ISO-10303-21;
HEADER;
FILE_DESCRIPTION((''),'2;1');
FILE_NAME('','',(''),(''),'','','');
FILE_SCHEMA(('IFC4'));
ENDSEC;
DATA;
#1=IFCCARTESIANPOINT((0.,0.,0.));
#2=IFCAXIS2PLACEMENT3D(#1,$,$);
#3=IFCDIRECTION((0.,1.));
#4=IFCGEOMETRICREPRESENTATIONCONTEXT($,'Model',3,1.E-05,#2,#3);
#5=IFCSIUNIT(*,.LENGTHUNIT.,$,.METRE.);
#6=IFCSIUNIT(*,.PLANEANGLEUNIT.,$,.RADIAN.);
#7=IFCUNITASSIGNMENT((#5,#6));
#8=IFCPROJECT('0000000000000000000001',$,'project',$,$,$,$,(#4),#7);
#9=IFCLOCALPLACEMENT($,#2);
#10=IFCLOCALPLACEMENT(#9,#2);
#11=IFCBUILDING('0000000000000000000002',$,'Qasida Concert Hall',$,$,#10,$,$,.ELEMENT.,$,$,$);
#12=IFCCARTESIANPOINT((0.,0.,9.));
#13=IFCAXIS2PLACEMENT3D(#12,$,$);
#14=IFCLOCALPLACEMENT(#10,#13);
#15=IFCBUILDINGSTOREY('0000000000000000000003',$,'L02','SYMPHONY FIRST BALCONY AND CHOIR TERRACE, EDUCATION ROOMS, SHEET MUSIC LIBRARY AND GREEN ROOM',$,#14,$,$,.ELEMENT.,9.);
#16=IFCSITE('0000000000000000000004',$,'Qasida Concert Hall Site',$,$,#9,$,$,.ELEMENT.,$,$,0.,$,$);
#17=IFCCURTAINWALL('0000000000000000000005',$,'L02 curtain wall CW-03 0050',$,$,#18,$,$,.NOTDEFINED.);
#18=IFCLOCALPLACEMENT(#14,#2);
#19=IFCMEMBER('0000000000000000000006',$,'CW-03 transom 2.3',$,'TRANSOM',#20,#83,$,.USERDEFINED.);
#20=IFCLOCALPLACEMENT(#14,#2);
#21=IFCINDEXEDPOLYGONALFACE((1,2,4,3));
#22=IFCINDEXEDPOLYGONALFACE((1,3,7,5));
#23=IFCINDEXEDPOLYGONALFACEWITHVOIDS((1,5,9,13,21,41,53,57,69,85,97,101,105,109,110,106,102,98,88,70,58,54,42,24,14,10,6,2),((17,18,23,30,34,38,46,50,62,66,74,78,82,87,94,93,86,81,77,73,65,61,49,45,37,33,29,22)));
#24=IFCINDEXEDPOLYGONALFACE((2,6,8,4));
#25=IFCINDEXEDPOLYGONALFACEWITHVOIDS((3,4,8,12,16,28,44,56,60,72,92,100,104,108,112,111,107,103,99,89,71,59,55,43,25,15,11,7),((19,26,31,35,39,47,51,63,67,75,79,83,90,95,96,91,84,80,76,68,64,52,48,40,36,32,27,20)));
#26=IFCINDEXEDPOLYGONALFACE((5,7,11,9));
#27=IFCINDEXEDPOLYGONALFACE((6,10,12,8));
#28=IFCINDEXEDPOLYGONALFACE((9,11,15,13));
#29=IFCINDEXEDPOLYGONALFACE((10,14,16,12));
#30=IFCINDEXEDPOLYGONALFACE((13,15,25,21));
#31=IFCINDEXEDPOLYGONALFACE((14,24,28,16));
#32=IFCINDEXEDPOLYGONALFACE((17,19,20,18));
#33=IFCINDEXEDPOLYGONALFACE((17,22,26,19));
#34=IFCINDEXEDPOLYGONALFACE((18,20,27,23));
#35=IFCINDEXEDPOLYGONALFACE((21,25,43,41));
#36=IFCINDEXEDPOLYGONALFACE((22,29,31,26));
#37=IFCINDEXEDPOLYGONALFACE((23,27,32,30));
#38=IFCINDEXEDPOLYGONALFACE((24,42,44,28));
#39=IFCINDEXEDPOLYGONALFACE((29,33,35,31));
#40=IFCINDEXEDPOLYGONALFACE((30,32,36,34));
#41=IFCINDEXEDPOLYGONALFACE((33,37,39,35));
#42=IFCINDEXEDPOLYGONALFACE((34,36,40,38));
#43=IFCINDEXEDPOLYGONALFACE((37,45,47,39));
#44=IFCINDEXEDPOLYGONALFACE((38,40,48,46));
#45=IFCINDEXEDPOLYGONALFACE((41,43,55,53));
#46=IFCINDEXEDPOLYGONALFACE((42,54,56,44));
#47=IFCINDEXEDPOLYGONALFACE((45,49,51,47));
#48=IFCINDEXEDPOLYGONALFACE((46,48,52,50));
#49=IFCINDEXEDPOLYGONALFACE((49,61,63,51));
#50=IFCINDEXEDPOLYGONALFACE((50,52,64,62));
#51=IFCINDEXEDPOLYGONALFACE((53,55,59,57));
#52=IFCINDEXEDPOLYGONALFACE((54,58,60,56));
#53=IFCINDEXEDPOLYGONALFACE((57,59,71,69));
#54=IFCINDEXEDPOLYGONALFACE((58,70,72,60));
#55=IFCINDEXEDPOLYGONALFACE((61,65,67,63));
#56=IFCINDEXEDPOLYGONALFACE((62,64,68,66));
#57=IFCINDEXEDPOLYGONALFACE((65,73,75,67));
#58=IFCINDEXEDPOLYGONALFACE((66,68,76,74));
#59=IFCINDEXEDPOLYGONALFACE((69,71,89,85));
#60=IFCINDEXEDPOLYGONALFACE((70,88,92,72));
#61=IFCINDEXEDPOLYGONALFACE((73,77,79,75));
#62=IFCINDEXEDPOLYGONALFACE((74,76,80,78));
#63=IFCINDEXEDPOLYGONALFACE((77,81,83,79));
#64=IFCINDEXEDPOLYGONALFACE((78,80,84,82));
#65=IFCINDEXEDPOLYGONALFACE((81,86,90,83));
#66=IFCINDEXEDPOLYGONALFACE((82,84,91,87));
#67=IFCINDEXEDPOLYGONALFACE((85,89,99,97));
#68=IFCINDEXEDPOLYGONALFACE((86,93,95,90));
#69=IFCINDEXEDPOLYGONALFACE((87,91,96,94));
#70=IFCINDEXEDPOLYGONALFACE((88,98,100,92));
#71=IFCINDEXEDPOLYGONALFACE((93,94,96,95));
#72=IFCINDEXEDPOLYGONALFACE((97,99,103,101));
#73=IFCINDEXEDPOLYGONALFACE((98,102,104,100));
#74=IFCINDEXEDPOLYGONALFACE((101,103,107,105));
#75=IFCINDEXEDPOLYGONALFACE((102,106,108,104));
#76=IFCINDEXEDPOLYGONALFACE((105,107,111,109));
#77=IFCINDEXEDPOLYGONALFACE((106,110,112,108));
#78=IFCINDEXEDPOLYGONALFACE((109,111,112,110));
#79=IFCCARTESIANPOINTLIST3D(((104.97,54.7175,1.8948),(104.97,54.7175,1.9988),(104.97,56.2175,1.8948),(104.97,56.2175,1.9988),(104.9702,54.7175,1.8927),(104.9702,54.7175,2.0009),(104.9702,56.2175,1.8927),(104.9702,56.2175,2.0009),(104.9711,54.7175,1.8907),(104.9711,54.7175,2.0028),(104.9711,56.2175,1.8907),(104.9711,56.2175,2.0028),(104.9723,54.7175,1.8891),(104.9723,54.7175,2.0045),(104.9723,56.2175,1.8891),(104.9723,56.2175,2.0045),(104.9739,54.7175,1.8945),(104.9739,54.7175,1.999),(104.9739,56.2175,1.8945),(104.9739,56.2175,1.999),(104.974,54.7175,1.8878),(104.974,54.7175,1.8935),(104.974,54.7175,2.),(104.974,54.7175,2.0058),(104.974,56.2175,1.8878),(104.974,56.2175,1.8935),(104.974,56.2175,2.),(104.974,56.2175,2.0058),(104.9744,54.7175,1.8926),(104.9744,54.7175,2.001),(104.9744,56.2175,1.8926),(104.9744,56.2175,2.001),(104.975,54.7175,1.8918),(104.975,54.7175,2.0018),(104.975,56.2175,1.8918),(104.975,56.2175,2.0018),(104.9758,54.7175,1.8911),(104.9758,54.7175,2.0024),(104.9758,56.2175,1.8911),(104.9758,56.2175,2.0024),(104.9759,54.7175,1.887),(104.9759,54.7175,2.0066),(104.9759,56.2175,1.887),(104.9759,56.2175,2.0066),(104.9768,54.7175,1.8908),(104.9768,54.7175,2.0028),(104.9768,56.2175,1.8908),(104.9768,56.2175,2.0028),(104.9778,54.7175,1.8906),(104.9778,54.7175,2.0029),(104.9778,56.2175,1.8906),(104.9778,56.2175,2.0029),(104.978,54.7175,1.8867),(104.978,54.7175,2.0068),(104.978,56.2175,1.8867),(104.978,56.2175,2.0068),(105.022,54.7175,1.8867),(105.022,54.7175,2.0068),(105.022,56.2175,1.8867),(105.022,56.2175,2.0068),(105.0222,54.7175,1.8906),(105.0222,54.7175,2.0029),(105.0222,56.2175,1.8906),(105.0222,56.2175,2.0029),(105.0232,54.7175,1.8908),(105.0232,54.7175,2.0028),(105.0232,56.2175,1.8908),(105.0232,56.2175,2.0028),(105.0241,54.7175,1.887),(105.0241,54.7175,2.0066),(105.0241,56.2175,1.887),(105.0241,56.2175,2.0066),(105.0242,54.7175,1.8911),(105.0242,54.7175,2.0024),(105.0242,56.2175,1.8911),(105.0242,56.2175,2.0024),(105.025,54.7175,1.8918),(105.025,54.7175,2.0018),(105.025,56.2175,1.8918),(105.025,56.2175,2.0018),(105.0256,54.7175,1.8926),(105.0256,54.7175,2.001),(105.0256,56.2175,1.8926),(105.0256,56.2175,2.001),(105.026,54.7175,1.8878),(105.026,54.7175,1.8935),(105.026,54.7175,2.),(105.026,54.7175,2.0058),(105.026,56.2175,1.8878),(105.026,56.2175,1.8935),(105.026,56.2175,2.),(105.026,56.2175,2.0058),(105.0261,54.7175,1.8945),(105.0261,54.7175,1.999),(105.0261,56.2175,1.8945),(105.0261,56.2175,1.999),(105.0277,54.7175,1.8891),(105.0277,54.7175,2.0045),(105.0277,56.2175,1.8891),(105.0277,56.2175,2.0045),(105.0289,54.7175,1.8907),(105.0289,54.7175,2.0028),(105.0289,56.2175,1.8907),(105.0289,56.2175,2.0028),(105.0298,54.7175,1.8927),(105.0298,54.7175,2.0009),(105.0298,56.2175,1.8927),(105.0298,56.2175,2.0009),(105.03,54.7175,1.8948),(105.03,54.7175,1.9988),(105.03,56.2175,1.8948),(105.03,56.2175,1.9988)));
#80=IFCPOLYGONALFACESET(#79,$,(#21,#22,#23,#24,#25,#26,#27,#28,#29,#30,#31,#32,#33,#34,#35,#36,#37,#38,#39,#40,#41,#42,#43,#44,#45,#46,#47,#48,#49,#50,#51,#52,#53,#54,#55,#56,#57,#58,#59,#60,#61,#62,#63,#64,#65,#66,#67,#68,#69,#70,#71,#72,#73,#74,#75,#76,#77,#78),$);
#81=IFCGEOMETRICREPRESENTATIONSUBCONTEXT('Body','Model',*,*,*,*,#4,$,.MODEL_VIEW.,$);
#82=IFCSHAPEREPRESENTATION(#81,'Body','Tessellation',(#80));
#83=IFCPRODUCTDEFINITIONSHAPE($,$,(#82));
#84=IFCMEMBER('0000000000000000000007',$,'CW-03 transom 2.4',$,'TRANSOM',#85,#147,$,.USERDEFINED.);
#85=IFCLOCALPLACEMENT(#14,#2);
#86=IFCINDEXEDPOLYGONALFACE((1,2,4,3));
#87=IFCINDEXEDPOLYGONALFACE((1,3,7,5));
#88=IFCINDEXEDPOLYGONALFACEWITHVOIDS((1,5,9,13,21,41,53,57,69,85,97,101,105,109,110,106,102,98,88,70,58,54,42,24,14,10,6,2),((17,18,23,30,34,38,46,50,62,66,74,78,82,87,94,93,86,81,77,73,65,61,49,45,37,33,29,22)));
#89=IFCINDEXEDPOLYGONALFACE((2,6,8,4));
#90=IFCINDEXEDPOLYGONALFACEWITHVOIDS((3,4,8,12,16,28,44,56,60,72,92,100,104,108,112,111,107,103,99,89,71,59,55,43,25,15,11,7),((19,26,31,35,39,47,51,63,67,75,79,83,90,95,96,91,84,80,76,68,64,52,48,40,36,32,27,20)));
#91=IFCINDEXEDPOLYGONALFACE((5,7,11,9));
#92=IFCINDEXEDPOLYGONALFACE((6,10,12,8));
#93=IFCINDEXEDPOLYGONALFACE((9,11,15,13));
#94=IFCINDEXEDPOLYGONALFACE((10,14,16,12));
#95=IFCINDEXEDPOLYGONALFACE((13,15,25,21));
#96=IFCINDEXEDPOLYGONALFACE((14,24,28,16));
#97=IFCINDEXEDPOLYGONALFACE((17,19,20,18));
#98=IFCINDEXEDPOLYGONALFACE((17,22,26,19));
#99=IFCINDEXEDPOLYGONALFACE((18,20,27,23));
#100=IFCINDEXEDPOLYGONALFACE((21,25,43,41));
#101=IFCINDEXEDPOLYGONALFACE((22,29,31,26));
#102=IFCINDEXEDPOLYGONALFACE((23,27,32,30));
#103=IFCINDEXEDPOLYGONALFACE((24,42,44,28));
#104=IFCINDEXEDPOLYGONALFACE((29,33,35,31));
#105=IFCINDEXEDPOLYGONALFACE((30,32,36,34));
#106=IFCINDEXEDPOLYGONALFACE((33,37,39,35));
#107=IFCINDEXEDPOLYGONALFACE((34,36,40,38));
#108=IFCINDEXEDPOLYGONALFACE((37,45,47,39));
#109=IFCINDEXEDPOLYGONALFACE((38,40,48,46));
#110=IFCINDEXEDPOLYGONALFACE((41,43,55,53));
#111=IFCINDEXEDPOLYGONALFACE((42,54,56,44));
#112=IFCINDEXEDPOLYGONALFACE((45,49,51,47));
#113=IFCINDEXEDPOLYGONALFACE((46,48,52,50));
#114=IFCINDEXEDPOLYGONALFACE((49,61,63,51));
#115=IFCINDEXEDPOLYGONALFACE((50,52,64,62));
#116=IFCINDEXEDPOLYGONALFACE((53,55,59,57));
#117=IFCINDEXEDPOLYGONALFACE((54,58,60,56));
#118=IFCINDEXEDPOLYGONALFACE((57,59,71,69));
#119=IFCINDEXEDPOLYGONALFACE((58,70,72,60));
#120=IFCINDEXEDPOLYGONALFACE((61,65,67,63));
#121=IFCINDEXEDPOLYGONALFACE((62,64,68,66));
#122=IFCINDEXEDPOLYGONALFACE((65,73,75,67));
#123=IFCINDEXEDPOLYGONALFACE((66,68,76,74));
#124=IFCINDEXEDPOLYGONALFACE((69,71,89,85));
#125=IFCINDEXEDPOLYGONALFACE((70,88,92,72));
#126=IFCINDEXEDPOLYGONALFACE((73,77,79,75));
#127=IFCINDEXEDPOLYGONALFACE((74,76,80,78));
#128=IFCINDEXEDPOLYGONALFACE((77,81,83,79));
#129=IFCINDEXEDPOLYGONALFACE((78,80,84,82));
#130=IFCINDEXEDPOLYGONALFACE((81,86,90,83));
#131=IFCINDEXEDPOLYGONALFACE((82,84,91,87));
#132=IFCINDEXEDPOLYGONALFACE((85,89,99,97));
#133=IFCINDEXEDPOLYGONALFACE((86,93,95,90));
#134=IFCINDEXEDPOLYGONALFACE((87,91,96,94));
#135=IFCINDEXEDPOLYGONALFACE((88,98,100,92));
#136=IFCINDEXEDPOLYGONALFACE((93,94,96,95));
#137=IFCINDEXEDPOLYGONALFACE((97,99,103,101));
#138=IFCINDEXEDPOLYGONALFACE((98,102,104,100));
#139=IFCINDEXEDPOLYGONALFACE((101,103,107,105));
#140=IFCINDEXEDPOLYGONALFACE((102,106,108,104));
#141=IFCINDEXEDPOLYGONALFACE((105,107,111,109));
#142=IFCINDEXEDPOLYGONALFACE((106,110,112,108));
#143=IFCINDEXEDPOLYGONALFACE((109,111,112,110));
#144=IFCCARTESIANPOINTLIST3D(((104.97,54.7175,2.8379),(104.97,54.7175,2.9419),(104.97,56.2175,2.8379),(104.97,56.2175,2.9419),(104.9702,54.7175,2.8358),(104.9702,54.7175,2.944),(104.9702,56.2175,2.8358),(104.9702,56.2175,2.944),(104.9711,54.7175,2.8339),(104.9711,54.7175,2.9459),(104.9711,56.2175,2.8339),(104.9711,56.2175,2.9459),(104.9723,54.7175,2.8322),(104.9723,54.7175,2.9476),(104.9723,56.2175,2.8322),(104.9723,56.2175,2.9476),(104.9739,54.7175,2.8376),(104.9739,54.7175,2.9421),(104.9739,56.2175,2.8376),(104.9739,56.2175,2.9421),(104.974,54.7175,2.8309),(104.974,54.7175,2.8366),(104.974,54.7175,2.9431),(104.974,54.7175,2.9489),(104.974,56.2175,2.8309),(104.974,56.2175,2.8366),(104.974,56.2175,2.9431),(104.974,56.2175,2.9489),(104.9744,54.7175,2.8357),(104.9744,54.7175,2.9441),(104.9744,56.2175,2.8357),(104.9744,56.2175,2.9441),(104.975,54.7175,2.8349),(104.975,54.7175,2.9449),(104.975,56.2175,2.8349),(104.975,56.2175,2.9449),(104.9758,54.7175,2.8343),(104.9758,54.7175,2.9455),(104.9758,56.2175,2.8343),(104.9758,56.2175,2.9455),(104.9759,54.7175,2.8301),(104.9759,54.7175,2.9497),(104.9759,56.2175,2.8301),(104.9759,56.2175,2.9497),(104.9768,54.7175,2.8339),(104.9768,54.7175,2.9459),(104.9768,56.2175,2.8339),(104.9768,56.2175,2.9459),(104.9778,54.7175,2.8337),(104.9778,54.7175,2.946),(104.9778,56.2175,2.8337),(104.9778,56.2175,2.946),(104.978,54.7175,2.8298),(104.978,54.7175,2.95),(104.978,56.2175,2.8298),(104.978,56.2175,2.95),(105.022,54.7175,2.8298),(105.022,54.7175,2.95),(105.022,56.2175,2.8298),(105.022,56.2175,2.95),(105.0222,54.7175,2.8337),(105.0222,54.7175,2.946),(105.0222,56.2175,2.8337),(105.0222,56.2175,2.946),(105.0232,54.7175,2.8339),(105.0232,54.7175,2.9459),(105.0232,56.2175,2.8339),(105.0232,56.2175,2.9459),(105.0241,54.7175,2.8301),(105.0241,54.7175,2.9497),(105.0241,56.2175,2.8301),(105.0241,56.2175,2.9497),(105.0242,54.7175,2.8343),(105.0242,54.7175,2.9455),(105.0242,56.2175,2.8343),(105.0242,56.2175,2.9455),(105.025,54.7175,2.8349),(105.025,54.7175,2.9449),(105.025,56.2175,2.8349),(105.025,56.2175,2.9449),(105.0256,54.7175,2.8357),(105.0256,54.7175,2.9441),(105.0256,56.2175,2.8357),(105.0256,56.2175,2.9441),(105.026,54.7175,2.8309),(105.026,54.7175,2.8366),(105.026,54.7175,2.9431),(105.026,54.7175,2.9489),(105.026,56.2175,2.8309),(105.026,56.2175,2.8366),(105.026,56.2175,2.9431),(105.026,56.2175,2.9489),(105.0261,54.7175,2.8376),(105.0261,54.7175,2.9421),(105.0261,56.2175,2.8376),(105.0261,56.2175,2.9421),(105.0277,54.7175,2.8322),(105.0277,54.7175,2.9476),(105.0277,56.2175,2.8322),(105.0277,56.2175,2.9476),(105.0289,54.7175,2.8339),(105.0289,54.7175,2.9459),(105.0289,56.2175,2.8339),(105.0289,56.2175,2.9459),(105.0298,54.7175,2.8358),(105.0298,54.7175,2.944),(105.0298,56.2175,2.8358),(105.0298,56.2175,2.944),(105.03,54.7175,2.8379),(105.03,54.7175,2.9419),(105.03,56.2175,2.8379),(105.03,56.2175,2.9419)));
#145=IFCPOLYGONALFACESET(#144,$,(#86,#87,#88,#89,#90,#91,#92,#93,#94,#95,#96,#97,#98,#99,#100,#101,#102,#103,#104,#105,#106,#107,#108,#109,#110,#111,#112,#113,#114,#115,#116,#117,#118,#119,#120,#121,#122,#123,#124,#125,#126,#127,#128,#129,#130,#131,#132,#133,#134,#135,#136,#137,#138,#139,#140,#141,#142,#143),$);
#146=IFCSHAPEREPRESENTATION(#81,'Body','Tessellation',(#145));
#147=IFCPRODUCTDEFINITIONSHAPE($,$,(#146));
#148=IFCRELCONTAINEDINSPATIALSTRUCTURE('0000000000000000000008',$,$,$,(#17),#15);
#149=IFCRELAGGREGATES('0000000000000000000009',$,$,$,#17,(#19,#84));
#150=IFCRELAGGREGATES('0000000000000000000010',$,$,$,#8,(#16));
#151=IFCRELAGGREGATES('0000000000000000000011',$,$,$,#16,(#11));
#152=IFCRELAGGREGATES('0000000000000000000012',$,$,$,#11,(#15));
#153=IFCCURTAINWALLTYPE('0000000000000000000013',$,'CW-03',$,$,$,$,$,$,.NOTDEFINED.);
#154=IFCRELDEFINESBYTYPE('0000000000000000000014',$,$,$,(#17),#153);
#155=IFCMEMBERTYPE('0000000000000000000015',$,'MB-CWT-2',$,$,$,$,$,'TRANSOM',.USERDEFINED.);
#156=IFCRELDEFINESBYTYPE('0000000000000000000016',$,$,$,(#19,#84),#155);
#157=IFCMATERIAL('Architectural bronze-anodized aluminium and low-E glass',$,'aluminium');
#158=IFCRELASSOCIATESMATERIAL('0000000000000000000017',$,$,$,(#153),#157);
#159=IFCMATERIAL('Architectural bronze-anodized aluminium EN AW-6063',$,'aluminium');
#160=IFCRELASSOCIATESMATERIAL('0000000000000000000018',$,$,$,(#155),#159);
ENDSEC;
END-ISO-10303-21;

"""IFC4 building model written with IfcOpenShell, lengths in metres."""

from ifc_helpers import new_model, si_unit, direction, frame, origin, origin_2d, place, context, subcontext, project, spatial, hollow_rectangle, extrude, material, material_profile, profile_set, type_object, element, aggregate, save


model = new_model("IFC4")

# Units and contexts
model_context = context("Model", 3, precision=1e-05, world=origin(), true_north=direction((0.0, 1.0)))
body_context = subcontext(model_context, "Body", "Model", "MODEL_VIEW")
ifc_project = project(units=[si_unit("LENGTHUNIT", "METRE"), si_unit("PLANEANGLEUNIT", "RADIAN")], contexts=[model_context])

# Site, building, storey
site_placement = place(None, origin())
site = spatial("IfcSite", under=ifc_project, at=site_placement, Name="Qasida Concert Hall Site", CompositionType="ELEMENT", RefElevation=0.0)
building_placement = place(site_placement, origin())
building = spatial("IfcBuilding", under=site, at=building_placement, Name="Qasida Concert Hall", CompositionType="ELEMENT")
storey_placement = place(building_placement, frame((0.0, 0.0, 9.0)))
storey = spatial("IfcBuildingStorey", under=building, at=storey_placement, Name="L02", Description="SYMPHONY FIRST BALCONY AND CHOIR TERRACE, EDUCATION ROOMS, SHEET MUSIC LIBRARY AND GREEN ROOM", CompositionType="ELEMENT", Elevation=9.0)

# Curtain wall, members
ifc_material_1 = material(Name="Architectural bronze-anodized aluminium and low-E glass", Category="aluminium")
curtain_wall_type = type_object("IfcCurtainWallType", Name="CW-03", PredefinedType="NOTDEFINED", material=ifc_material_1)
curtain_wall_placement = place(storey_placement, origin())
curtain_wall = element("IfcCurtainWall", 1, at=curtain_wall_placement, inside=storey, type_object=curtain_wall_type, Name="L02 curtain wall CW-03 0050", PredefinedType="NOTDEFINED")
ifc_material_2 = material(Name="Architectural bronze-anodized aluminium EN AW-6063", Category="aluminium")
ifc_material_profile_1 = material_profile(ifc_material_2, hollow_rectangle(XDim=0.0601, YDim=0.1201, WallThickness=0.0039, InnerFilletRadius=0.0039, OuterFilletRadius=0.0081, at=origin_2d()), Name="CWT 120x60x4")
ifc_profile_set_1 = profile_set([ifc_material_profile_1], Name="Architectural bronze-anodized aluminium EN AW-6063")
member_type_1 = type_object("IfcMemberType", Name="MB-CWT-2", ElementType="TRANSOM", PredefinedType="USERDEFINED", material=ifc_profile_set_1)
member_1_placement = place(storey_placement, frame((105.0, 54.7175, 1.9468), z_axis=(0.0, 1.0, 0.0), x_axis=(-1.0, 0.0, 0.0)))
member_1 = element("IfcMember", 2, at=member_1_placement, type_object=member_type_1, Name="CW-03 transom 2.3", ObjectType="TRANSOM", PredefinedType="USERDEFINED", context=body_context, shape_type="SweptSolid", body=[
    extrude(hollow_rectangle(XDim=0.0601, YDim=0.1201, WallThickness=0.0039, InnerFilletRadius=0.0039, OuterFilletRadius=0.0081, at=origin_2d()), origin(), (0.0, 0.0, 1.0), 1.5),
])
member_2_placement = place(storey_placement, frame((105.0, 54.7175, 2.8899), z_axis=(0.0, 1.0, 0.0), x_axis=(-1.0, 0.0, 0.0)))
member_2 = element("IfcMember", 3, at=member_2_placement, type_object=member_type_1, Name="CW-03 transom 2.4", ObjectType="TRANSOM", PredefinedType="USERDEFINED", context=body_context, shape_type="SweptSolid", body=[
    extrude(hollow_rectangle(XDim=0.0601, YDim=0.1201, WallThickness=0.0039, InnerFilletRadius=0.0039, OuterFilletRadius=0.0081, at=origin_2d()), origin(), (0.0, 0.0, 1.0), 1.5),
])
aggregate(curtain_wall, [member_1, member_2])

save(model, "model.ifc")
